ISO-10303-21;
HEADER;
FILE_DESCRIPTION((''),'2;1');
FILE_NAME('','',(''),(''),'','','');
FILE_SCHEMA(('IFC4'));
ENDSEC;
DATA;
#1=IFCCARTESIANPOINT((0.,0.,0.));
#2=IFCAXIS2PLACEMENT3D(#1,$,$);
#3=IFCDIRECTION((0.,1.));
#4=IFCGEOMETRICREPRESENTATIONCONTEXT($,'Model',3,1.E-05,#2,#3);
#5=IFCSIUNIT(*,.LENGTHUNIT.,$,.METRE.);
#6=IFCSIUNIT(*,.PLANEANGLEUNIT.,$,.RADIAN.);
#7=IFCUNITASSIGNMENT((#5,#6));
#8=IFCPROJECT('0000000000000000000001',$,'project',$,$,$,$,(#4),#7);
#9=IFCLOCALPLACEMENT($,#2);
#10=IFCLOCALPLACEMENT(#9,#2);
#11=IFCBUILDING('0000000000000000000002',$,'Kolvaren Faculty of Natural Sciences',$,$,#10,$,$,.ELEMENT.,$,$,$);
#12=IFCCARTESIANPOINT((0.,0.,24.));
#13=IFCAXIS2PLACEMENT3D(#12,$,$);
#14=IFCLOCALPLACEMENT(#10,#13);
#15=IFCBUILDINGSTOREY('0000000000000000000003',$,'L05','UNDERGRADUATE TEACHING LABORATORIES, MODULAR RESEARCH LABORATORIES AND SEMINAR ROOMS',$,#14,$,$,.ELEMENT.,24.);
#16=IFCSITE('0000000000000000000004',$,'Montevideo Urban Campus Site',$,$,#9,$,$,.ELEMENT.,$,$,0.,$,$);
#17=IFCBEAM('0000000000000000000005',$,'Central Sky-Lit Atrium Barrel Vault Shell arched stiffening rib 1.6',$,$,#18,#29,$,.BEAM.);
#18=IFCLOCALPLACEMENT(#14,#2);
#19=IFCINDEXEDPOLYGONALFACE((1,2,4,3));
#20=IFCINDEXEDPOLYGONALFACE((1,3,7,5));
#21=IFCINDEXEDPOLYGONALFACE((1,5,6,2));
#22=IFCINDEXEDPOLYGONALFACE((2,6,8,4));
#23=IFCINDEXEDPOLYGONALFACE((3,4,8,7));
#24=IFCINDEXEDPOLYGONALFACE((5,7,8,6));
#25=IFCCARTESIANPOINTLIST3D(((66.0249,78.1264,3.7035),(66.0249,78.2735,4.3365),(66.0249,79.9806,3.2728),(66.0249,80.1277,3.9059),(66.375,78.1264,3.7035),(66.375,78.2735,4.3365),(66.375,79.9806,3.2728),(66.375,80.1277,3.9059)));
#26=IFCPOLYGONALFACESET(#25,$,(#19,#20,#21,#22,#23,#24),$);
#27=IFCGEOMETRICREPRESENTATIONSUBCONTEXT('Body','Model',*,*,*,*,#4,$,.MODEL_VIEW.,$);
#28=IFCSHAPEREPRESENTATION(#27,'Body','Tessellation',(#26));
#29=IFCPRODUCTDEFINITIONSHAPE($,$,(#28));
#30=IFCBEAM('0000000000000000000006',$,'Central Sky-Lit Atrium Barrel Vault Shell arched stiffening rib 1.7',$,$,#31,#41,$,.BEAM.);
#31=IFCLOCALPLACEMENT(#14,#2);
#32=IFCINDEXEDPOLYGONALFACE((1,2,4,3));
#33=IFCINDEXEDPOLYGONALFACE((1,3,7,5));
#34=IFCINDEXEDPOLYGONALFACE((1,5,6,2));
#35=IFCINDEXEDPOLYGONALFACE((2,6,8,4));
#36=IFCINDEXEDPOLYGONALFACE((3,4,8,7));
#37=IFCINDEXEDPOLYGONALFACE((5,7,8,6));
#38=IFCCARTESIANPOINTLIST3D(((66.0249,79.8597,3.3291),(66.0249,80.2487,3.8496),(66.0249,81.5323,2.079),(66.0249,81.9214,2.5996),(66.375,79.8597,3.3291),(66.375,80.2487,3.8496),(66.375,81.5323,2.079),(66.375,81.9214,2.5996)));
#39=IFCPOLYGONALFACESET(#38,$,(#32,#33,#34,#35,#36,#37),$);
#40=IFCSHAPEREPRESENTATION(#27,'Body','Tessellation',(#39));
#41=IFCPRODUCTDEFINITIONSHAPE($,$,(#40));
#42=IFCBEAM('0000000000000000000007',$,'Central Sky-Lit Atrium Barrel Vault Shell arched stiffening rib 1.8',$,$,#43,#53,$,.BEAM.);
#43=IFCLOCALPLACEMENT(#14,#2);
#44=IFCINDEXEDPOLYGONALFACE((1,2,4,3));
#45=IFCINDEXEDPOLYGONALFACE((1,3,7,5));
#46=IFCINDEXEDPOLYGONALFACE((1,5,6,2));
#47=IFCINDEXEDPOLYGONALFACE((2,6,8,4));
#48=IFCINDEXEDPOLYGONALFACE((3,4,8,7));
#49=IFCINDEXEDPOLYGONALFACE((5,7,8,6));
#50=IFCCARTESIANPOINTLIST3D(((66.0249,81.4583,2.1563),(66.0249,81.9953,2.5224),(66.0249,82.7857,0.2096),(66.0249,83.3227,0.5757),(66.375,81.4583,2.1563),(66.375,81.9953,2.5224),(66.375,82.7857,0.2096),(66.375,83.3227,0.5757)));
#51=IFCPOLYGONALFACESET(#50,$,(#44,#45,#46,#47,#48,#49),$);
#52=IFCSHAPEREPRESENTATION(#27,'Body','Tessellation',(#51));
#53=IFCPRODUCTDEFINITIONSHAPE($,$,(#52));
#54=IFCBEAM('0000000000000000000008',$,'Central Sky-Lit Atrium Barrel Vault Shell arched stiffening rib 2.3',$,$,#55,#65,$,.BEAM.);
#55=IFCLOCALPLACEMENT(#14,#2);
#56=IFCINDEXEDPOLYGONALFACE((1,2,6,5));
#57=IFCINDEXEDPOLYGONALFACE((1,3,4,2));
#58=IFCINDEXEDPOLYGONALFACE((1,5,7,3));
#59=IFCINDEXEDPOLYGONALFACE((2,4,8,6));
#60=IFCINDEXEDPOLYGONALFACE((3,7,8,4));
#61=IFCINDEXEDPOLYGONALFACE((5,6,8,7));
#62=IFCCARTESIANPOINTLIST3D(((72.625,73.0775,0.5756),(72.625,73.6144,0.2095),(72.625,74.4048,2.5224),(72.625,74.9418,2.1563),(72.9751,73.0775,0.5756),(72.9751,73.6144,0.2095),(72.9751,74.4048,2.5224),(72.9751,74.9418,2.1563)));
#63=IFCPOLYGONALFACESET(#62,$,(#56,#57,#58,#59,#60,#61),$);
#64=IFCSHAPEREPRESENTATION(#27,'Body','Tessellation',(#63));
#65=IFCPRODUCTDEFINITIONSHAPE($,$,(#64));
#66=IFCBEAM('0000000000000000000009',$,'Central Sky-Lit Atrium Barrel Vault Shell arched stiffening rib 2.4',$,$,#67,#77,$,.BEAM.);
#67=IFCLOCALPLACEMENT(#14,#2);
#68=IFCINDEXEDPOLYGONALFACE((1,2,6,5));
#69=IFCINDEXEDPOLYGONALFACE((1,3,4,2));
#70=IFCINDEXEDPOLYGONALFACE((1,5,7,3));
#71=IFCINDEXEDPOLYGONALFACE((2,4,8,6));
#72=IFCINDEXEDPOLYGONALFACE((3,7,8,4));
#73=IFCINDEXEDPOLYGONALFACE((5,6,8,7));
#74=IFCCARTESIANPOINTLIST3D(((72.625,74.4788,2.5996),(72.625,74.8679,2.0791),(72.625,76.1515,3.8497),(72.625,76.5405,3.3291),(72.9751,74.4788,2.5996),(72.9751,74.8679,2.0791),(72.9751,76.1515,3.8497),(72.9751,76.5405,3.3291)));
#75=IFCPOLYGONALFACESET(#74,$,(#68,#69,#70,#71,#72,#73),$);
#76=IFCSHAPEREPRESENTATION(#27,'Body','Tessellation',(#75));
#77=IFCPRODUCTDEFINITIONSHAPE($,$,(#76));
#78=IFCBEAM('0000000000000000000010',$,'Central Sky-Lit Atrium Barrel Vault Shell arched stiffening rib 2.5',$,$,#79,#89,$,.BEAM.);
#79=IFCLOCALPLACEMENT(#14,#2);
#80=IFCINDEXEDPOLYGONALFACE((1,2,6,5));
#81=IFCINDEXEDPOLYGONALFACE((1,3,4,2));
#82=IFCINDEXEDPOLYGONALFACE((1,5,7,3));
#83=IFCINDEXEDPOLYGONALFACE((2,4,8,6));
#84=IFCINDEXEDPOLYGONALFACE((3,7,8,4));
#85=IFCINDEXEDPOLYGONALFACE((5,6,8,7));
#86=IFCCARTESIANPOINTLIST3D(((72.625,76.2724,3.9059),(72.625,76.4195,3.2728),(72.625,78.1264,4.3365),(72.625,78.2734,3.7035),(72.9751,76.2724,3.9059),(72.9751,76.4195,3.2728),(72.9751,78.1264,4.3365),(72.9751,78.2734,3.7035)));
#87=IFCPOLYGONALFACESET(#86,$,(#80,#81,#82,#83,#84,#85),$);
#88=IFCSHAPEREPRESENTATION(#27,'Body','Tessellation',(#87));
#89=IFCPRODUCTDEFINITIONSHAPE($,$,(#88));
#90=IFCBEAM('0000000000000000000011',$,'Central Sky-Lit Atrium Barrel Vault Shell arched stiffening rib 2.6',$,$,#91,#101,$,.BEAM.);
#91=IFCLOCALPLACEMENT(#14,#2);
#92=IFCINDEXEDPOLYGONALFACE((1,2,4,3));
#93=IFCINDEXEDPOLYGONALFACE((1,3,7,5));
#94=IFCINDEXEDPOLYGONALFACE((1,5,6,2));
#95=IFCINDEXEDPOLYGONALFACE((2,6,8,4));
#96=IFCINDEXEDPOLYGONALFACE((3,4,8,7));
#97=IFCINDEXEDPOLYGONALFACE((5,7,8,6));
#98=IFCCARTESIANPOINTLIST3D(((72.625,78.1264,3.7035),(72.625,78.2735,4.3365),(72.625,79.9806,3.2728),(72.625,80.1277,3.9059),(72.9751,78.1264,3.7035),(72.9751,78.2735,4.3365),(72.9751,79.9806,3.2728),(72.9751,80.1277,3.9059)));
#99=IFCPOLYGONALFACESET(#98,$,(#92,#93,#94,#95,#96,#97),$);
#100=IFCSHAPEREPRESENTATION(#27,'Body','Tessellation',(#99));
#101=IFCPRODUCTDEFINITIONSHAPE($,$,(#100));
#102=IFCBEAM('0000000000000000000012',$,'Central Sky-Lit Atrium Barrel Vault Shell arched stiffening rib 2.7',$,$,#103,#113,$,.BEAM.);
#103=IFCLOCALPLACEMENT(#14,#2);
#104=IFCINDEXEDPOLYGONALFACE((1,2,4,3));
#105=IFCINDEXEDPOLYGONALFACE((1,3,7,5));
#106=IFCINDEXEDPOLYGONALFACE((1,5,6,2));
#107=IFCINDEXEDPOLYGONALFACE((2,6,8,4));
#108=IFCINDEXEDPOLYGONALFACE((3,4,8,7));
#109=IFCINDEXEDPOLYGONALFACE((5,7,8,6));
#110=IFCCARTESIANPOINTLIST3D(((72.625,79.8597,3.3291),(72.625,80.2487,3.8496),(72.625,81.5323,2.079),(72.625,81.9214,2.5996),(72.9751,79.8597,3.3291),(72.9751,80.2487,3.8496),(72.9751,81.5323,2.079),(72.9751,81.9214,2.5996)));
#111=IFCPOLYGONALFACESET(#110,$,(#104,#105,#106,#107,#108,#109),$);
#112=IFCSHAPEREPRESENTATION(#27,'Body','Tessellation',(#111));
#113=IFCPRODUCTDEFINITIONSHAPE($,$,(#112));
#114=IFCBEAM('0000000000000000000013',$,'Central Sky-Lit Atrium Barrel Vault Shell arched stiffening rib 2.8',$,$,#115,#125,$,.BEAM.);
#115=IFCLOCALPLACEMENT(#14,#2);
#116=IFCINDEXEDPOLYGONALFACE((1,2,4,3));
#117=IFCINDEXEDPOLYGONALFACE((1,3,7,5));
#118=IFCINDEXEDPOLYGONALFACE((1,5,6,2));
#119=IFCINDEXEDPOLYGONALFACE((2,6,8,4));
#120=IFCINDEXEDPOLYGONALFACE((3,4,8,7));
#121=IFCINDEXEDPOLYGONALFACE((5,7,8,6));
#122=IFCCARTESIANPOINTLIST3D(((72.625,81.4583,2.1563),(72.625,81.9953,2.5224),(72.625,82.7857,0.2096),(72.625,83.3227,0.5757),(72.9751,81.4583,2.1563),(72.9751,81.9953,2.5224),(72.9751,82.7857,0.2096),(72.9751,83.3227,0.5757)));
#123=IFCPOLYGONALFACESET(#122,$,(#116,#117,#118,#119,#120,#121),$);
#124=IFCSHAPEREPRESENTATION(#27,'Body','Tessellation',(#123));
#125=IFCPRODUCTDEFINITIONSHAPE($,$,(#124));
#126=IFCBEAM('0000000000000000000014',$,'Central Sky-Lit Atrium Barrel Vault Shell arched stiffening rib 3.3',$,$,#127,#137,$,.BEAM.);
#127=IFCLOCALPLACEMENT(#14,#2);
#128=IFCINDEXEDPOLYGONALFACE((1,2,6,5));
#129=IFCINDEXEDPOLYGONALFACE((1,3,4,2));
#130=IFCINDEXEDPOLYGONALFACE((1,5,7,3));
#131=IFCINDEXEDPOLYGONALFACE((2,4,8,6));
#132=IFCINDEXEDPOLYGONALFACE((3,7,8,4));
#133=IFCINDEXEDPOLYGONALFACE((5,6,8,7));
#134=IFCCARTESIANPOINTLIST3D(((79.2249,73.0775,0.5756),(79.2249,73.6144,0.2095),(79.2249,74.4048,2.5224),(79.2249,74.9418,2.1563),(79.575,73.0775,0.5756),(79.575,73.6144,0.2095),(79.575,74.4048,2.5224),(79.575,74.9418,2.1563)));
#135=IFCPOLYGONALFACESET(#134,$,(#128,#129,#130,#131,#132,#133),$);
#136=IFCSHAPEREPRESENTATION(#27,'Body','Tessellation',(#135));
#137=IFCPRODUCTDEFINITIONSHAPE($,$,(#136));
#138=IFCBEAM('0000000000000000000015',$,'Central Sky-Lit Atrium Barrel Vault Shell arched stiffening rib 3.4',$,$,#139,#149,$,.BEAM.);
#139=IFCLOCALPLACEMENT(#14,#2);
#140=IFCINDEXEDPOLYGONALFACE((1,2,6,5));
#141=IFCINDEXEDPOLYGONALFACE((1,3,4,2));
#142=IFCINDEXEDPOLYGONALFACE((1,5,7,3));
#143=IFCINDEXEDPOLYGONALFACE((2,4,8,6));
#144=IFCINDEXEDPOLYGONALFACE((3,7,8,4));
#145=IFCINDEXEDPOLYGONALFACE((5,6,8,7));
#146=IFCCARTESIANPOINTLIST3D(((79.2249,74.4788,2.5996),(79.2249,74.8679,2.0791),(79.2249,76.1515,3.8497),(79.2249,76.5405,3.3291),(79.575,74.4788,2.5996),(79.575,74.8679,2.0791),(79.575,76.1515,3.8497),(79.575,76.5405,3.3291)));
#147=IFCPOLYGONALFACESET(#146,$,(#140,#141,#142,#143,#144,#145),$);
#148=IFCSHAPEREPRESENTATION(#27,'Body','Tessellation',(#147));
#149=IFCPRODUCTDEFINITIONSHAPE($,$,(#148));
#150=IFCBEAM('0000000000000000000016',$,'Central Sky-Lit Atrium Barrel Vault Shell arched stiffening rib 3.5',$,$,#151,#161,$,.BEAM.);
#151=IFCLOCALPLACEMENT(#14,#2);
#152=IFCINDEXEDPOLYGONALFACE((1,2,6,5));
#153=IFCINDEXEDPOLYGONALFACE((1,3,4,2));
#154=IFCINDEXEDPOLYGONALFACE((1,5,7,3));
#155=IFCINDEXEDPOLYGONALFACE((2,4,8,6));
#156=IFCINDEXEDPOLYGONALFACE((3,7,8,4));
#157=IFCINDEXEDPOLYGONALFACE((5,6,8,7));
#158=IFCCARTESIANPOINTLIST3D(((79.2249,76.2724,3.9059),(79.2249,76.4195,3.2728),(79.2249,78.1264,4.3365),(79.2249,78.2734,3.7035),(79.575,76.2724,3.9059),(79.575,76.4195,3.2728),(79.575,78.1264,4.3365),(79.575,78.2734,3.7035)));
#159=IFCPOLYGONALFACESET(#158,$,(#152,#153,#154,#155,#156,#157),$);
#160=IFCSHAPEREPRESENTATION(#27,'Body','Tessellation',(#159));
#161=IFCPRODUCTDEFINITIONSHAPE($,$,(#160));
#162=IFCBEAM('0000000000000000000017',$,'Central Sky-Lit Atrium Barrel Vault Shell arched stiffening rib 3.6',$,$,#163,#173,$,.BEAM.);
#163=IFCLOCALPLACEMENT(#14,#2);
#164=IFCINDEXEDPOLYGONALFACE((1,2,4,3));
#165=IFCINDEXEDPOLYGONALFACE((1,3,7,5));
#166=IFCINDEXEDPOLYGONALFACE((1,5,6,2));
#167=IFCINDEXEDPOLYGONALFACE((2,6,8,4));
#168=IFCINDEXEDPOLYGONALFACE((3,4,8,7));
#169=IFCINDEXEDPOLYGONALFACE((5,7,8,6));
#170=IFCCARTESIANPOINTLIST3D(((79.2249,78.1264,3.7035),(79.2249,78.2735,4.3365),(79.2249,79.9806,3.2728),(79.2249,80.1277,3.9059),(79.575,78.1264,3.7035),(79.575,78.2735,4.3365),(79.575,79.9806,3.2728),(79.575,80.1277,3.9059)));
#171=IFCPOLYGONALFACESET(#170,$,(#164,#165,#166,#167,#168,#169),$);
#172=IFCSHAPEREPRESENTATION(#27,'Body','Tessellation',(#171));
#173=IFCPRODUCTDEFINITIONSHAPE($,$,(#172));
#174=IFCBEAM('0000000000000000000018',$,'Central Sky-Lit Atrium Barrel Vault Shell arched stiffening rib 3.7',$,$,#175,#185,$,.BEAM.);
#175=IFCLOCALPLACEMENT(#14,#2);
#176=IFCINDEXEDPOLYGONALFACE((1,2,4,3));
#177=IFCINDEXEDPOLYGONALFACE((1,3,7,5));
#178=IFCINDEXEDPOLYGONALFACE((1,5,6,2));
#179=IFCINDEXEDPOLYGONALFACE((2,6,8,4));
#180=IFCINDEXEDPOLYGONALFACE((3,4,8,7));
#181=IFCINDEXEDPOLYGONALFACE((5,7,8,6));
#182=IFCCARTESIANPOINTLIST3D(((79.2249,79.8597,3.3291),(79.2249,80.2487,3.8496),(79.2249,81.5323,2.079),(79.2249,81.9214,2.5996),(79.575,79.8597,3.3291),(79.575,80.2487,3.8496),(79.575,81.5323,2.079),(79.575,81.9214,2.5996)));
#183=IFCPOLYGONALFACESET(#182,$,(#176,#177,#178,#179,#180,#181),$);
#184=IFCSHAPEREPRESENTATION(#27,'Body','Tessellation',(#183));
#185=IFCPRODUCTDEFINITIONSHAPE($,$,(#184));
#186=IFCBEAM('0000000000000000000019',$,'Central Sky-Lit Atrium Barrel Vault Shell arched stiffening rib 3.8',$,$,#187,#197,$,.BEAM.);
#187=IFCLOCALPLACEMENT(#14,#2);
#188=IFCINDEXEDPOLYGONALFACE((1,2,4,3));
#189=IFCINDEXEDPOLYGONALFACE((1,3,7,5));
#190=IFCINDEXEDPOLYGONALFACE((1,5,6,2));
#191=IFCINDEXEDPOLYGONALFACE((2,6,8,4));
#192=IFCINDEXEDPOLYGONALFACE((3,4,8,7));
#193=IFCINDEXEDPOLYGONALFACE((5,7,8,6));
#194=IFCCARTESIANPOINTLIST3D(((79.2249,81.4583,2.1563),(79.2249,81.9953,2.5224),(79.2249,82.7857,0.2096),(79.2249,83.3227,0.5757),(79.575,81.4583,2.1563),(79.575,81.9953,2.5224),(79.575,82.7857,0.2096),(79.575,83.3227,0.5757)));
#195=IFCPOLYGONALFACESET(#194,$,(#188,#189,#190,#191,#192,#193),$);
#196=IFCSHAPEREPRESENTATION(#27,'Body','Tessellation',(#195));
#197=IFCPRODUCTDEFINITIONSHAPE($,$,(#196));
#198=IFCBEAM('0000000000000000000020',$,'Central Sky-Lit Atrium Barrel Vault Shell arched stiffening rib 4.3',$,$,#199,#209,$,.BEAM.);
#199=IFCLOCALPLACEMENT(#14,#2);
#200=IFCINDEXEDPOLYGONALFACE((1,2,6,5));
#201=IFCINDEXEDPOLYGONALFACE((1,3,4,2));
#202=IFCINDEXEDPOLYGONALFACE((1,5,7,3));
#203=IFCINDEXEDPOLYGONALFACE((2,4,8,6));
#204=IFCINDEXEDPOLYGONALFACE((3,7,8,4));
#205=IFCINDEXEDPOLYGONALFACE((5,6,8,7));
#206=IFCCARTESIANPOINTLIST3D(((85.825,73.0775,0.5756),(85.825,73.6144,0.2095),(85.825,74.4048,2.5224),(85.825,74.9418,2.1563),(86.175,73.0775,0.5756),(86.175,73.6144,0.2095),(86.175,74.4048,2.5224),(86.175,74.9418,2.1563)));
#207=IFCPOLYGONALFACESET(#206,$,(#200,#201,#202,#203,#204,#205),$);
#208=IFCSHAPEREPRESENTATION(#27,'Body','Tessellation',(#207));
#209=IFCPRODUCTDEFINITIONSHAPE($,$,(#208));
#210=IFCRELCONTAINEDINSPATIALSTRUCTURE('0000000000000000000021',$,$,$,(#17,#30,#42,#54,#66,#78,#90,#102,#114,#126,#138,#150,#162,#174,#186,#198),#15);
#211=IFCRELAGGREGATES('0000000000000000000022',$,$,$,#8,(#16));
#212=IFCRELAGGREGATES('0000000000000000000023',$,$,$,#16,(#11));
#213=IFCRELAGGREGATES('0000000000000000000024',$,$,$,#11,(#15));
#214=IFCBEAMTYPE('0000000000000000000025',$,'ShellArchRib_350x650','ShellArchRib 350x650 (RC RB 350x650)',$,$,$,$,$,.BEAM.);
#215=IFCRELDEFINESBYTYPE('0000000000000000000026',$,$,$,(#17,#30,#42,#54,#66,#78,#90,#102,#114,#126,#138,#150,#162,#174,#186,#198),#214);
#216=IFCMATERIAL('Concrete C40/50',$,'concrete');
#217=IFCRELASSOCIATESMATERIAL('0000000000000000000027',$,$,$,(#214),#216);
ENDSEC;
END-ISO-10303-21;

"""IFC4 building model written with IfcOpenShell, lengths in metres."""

from ifc_helpers import new_model, si_unit, direction, frame, origin, origin_2d, place, context, subcontext, project, spatial, rectangle, extrude, material, material_profile, profile_set, type_object, element, save


model = new_model("IFC4")

# Units and contexts
model_context = context("Model", 3, precision=1e-05, world=origin(), true_north=direction((0.0, 1.0)))
body_context = subcontext(model_context, "Body", "Model", "MODEL_VIEW")
ifc_project = project(units=[si_unit("LENGTHUNIT", "METRE"), si_unit("PLANEANGLEUNIT", "RADIAN")], contexts=[model_context])

# Site, building, storey
site_placement = place(None, origin())
site = spatial("IfcSite", under=ifc_project, at=site_placement, Name="Montevideo Urban Campus Site", CompositionType="ELEMENT", RefElevation=0.0)
building_placement = place(site_placement, origin())
building = spatial("IfcBuilding", under=site, at=building_placement, Name="Kolvaren Faculty of Natural Sciences", CompositionType="ELEMENT")
storey_placement = place(building_placement, frame((0.0, 0.0, 24.0)))
storey = spatial("IfcBuildingStorey", under=building, at=storey_placement, Name="L05", Description="UNDERGRADUATE TEACHING LABORATORIES, MODULAR RESEARCH LABORATORIES AND SEMINAR ROOMS", CompositionType="ELEMENT", Elevation=24.0)

# Beams
ifc_material = material(Name="Concrete C40/50", Category="concrete")
ifc_material_profile = material_profile(ifc_material, rectangle(XDim=0.3501, YDim=0.6499, at=origin_2d()), Name="RC RB 350x650")
ifc_profile_set = profile_set([ifc_material_profile], Name="Concrete C40/50")
beam_type = type_object("IfcBeamType", Name="ShellArchRib_350x650", Description="ShellArchRib 350x650 (RC RB 350x650)", PredefinedType="BEAM", material=ifc_profile_set)
beam_1_placement = place(storey_placement, frame((66.2, 78.2, 4.02), z_axis=(0.0, 0.974072, -0.226236), x_axis=(-1.0, 0.0, 0.0)))
element("IfcBeam", 1, at=beam_1_placement, inside=storey, type_object=beam_type, Name="Central Sky-Lit Atrium Barrel Vault Shell arched stiffening rib 1.6", PredefinedType="BEAM", context=body_context, shape_type="SweptSolid", body=[
    extrude(rectangle(XDim=0.3501, YDim=0.6499, at=origin_2d()), origin(), (0.0, 0.0, 1.0), 1.9036),
])
beam_2_placement = place(storey_placement, frame((66.2, 80.0542, 3.5894), z_axis=(0.0, 0.801023, -0.598633), x_axis=(-1.0, 0.0, 0.0)))
element("IfcBeam", 2, at=beam_2_placement, inside=storey, type_object=beam_type, Name="Central Sky-Lit Atrium Barrel Vault Shell arched stiffening rib 1.7", PredefinedType="BEAM", context=body_context, shape_type="SweptSolid", body=[
    extrude(rectangle(XDim=0.3501, YDim=0.6499, at=origin_2d()), origin(), (0.0, 0.0, 1.0), 2.0881),
])
for number, where, z_axis, x_axis, name in (
    (3, (66.2, 81.7268, 2.3394), (0.0, 0.56335, -0.826219), (-1.0, 0.0, 0.0), "Central Sky-Lit Atrium Barrel Vault Shell arched stiffening rib 1.8"),
    (4, (72.8, 73.3459, 0.3926), (0.0, 0.56335, 0.826219), (-1.0, 0.0, 0.0), "Central Sky-Lit Atrium Barrel Vault Shell arched stiffening rib 2.3"),
):
    element("IfcBeam", number, at=place(storey_placement, frame(where, z_axis=z_axis, x_axis=x_axis)), inside=storey, type_object=beam_type, Name=name, PredefinedType="BEAM", context=body_context, shape_type="SweptSolid", body=[
        extrude(rectangle(XDim=0.3501, YDim=0.6499, at=origin_2d()), origin(), (0.0, 0.0, 1.0), 2.3562),
    ])
beam_3_placement = place(storey_placement, frame((72.8, 74.6733, 2.3394), z_axis=(0.0, 0.801023, 0.598633), x_axis=(-1.0, 0.0, 0.0)))
element("IfcBeam", 5, at=beam_3_placement, inside=storey, type_object=beam_type, Name="Central Sky-Lit Atrium Barrel Vault Shell arched stiffening rib 2.4", PredefinedType="BEAM", context=body_context, shape_type="SweptSolid", body=[
    extrude(rectangle(XDim=0.3501, YDim=0.6499, at=origin_2d()), origin(), (0.0, 0.0, 1.0), 2.0881),
])
beam_4_placement = place(storey_placement, frame((72.8, 76.3459, 3.5894), z_axis=(0.0, 0.974066, 0.226264), x_axis=(-1.0, 0.0, 0.0)))
element("IfcBeam", 6, at=beam_4_placement, inside=storey, type_object=beam_type, Name="Central Sky-Lit Atrium Barrel Vault Shell arched stiffening rib 2.5", PredefinedType="BEAM", context=body_context, shape_type="SweptSolid", body=[
    extrude(rectangle(XDim=0.3501, YDim=0.6499, at=origin_2d()), origin(), (0.0, 0.0, 1.0), 1.9033),
])
beam_5_placement = place(storey_placement, frame((72.8, 78.2, 4.02), z_axis=(0.0, 0.974072, -0.226236), x_axis=(-1.0, 0.0, 0.0)))
element("IfcBeam", 7, at=beam_5_placement, inside=storey, type_object=beam_type, Name="Central Sky-Lit Atrium Barrel Vault Shell arched stiffening rib 2.6", PredefinedType="BEAM", context=body_context, shape_type="SweptSolid", body=[
    extrude(rectangle(XDim=0.3501, YDim=0.6499, at=origin_2d()), origin(), (0.0, 0.0, 1.0), 1.9036),
])
beam_6_placement = place(storey_placement, frame((72.8, 80.0542, 3.5894), z_axis=(0.0, 0.801023, -0.598633), x_axis=(-1.0, 0.0, 0.0)))
element("IfcBeam", 8, at=beam_6_placement, inside=storey, type_object=beam_type, Name="Central Sky-Lit Atrium Barrel Vault Shell arched stiffening rib 2.7", PredefinedType="BEAM", context=body_context, shape_type="SweptSolid", body=[
    extrude(rectangle(XDim=0.3501, YDim=0.6499, at=origin_2d()), origin(), (0.0, 0.0, 1.0), 2.0881),
])
for number, where, z_axis, x_axis, name in (
    (9, (72.8, 81.7268, 2.3394), (0.0, 0.56335, -0.826219), (-1.0, 0.0, 0.0), "Central Sky-Lit Atrium Barrel Vault Shell arched stiffening rib 2.8"),
    (10, (79.3999, 73.3459, 0.3926), (0.0, 0.56335, 0.826219), (-1.0, 0.0, 0.0), "Central Sky-Lit Atrium Barrel Vault Shell arched stiffening rib 3.3"),
):
    element("IfcBeam", number, at=place(storey_placement, frame(where, z_axis=z_axis, x_axis=x_axis)), inside=storey, type_object=beam_type, Name=name, PredefinedType="BEAM", context=body_context, shape_type="SweptSolid", body=[
        extrude(rectangle(XDim=0.3501, YDim=0.6499, at=origin_2d()), origin(), (0.0, 0.0, 1.0), 2.3562),
    ])
beam_7_placement = place(storey_placement, frame((79.3999, 74.6733, 2.3394), z_axis=(0.0, 0.801023, 0.598633), x_axis=(-1.0, 0.0, 0.0)))
element("IfcBeam", 11, at=beam_7_placement, inside=storey, type_object=beam_type, Name="Central Sky-Lit Atrium Barrel Vault Shell arched stiffening rib 3.4", PredefinedType="BEAM", context=body_context, shape_type="SweptSolid", body=[
    extrude(rectangle(XDim=0.3501, YDim=0.6499, at=origin_2d()), origin(), (0.0, 0.0, 1.0), 2.0881),
])
beam_8_placement = place(storey_placement, frame((79.3999, 76.3459, 3.5894), z_axis=(0.0, 0.974066, 0.226264), x_axis=(-1.0, 0.0, 0.0)))
element("IfcBeam", 12, at=beam_8_placement, inside=storey, type_object=beam_type, Name="Central Sky-Lit Atrium Barrel Vault Shell arched stiffening rib 3.5", PredefinedType="BEAM", context=body_context, shape_type="SweptSolid", body=[
    extrude(rectangle(XDim=0.3501, YDim=0.6499, at=origin_2d()), origin(), (0.0, 0.0, 1.0), 1.9033),
])
beam_9_placement = place(storey_placement, frame((79.3999, 78.2, 4.02), z_axis=(0.0, 0.974072, -0.226236), x_axis=(-1.0, 0.0, 0.0)))
element("IfcBeam", 13, at=beam_9_placement, inside=storey, type_object=beam_type, Name="Central Sky-Lit Atrium Barrel Vault Shell arched stiffening rib 3.6", PredefinedType="BEAM", context=body_context, shape_type="SweptSolid", body=[
    extrude(rectangle(XDim=0.3501, YDim=0.6499, at=origin_2d()), origin(), (0.0, 0.0, 1.0), 1.9036),
])
beam_10_placement = place(storey_placement, frame((79.3999, 80.0542, 3.5894), z_axis=(0.0, 0.801023, -0.598633), x_axis=(-1.0, 0.0, 0.0)))
element("IfcBeam", 14, at=beam_10_placement, inside=storey, type_object=beam_type, Name="Central Sky-Lit Atrium Barrel Vault Shell arched stiffening rib 3.7", PredefinedType="BEAM", context=body_context, shape_type="SweptSolid", body=[
    extrude(rectangle(XDim=0.3501, YDim=0.6499, at=origin_2d()), origin(), (0.0, 0.0, 1.0), 2.0881),
])
for number, where, z_axis, x_axis, name in (
    (15, (79.3999, 81.7268, 2.3394), (0.0, 0.56335, -0.826219), (-1.0, 0.0, 0.0), "Central Sky-Lit Atrium Barrel Vault Shell arched stiffening rib 3.8"),
    (16, (86.0, 73.3459, 0.3926), (0.0, 0.56335, 0.826219), (-1.0, 0.0, 0.0), "Central Sky-Lit Atrium Barrel Vault Shell arched stiffening rib 4.3"),
):
    element("IfcBeam", number, at=place(storey_placement, frame(where, z_axis=z_axis, x_axis=x_axis)), inside=storey, type_object=beam_type, Name=name, PredefinedType="BEAM", context=body_context, shape_type="SweptSolid", body=[
        extrude(rectangle(XDim=0.3501, YDim=0.6499, at=origin_2d()), origin(), (0.0, 0.0, 1.0), 2.3562),
    ])

save(model, "model.ifc")
